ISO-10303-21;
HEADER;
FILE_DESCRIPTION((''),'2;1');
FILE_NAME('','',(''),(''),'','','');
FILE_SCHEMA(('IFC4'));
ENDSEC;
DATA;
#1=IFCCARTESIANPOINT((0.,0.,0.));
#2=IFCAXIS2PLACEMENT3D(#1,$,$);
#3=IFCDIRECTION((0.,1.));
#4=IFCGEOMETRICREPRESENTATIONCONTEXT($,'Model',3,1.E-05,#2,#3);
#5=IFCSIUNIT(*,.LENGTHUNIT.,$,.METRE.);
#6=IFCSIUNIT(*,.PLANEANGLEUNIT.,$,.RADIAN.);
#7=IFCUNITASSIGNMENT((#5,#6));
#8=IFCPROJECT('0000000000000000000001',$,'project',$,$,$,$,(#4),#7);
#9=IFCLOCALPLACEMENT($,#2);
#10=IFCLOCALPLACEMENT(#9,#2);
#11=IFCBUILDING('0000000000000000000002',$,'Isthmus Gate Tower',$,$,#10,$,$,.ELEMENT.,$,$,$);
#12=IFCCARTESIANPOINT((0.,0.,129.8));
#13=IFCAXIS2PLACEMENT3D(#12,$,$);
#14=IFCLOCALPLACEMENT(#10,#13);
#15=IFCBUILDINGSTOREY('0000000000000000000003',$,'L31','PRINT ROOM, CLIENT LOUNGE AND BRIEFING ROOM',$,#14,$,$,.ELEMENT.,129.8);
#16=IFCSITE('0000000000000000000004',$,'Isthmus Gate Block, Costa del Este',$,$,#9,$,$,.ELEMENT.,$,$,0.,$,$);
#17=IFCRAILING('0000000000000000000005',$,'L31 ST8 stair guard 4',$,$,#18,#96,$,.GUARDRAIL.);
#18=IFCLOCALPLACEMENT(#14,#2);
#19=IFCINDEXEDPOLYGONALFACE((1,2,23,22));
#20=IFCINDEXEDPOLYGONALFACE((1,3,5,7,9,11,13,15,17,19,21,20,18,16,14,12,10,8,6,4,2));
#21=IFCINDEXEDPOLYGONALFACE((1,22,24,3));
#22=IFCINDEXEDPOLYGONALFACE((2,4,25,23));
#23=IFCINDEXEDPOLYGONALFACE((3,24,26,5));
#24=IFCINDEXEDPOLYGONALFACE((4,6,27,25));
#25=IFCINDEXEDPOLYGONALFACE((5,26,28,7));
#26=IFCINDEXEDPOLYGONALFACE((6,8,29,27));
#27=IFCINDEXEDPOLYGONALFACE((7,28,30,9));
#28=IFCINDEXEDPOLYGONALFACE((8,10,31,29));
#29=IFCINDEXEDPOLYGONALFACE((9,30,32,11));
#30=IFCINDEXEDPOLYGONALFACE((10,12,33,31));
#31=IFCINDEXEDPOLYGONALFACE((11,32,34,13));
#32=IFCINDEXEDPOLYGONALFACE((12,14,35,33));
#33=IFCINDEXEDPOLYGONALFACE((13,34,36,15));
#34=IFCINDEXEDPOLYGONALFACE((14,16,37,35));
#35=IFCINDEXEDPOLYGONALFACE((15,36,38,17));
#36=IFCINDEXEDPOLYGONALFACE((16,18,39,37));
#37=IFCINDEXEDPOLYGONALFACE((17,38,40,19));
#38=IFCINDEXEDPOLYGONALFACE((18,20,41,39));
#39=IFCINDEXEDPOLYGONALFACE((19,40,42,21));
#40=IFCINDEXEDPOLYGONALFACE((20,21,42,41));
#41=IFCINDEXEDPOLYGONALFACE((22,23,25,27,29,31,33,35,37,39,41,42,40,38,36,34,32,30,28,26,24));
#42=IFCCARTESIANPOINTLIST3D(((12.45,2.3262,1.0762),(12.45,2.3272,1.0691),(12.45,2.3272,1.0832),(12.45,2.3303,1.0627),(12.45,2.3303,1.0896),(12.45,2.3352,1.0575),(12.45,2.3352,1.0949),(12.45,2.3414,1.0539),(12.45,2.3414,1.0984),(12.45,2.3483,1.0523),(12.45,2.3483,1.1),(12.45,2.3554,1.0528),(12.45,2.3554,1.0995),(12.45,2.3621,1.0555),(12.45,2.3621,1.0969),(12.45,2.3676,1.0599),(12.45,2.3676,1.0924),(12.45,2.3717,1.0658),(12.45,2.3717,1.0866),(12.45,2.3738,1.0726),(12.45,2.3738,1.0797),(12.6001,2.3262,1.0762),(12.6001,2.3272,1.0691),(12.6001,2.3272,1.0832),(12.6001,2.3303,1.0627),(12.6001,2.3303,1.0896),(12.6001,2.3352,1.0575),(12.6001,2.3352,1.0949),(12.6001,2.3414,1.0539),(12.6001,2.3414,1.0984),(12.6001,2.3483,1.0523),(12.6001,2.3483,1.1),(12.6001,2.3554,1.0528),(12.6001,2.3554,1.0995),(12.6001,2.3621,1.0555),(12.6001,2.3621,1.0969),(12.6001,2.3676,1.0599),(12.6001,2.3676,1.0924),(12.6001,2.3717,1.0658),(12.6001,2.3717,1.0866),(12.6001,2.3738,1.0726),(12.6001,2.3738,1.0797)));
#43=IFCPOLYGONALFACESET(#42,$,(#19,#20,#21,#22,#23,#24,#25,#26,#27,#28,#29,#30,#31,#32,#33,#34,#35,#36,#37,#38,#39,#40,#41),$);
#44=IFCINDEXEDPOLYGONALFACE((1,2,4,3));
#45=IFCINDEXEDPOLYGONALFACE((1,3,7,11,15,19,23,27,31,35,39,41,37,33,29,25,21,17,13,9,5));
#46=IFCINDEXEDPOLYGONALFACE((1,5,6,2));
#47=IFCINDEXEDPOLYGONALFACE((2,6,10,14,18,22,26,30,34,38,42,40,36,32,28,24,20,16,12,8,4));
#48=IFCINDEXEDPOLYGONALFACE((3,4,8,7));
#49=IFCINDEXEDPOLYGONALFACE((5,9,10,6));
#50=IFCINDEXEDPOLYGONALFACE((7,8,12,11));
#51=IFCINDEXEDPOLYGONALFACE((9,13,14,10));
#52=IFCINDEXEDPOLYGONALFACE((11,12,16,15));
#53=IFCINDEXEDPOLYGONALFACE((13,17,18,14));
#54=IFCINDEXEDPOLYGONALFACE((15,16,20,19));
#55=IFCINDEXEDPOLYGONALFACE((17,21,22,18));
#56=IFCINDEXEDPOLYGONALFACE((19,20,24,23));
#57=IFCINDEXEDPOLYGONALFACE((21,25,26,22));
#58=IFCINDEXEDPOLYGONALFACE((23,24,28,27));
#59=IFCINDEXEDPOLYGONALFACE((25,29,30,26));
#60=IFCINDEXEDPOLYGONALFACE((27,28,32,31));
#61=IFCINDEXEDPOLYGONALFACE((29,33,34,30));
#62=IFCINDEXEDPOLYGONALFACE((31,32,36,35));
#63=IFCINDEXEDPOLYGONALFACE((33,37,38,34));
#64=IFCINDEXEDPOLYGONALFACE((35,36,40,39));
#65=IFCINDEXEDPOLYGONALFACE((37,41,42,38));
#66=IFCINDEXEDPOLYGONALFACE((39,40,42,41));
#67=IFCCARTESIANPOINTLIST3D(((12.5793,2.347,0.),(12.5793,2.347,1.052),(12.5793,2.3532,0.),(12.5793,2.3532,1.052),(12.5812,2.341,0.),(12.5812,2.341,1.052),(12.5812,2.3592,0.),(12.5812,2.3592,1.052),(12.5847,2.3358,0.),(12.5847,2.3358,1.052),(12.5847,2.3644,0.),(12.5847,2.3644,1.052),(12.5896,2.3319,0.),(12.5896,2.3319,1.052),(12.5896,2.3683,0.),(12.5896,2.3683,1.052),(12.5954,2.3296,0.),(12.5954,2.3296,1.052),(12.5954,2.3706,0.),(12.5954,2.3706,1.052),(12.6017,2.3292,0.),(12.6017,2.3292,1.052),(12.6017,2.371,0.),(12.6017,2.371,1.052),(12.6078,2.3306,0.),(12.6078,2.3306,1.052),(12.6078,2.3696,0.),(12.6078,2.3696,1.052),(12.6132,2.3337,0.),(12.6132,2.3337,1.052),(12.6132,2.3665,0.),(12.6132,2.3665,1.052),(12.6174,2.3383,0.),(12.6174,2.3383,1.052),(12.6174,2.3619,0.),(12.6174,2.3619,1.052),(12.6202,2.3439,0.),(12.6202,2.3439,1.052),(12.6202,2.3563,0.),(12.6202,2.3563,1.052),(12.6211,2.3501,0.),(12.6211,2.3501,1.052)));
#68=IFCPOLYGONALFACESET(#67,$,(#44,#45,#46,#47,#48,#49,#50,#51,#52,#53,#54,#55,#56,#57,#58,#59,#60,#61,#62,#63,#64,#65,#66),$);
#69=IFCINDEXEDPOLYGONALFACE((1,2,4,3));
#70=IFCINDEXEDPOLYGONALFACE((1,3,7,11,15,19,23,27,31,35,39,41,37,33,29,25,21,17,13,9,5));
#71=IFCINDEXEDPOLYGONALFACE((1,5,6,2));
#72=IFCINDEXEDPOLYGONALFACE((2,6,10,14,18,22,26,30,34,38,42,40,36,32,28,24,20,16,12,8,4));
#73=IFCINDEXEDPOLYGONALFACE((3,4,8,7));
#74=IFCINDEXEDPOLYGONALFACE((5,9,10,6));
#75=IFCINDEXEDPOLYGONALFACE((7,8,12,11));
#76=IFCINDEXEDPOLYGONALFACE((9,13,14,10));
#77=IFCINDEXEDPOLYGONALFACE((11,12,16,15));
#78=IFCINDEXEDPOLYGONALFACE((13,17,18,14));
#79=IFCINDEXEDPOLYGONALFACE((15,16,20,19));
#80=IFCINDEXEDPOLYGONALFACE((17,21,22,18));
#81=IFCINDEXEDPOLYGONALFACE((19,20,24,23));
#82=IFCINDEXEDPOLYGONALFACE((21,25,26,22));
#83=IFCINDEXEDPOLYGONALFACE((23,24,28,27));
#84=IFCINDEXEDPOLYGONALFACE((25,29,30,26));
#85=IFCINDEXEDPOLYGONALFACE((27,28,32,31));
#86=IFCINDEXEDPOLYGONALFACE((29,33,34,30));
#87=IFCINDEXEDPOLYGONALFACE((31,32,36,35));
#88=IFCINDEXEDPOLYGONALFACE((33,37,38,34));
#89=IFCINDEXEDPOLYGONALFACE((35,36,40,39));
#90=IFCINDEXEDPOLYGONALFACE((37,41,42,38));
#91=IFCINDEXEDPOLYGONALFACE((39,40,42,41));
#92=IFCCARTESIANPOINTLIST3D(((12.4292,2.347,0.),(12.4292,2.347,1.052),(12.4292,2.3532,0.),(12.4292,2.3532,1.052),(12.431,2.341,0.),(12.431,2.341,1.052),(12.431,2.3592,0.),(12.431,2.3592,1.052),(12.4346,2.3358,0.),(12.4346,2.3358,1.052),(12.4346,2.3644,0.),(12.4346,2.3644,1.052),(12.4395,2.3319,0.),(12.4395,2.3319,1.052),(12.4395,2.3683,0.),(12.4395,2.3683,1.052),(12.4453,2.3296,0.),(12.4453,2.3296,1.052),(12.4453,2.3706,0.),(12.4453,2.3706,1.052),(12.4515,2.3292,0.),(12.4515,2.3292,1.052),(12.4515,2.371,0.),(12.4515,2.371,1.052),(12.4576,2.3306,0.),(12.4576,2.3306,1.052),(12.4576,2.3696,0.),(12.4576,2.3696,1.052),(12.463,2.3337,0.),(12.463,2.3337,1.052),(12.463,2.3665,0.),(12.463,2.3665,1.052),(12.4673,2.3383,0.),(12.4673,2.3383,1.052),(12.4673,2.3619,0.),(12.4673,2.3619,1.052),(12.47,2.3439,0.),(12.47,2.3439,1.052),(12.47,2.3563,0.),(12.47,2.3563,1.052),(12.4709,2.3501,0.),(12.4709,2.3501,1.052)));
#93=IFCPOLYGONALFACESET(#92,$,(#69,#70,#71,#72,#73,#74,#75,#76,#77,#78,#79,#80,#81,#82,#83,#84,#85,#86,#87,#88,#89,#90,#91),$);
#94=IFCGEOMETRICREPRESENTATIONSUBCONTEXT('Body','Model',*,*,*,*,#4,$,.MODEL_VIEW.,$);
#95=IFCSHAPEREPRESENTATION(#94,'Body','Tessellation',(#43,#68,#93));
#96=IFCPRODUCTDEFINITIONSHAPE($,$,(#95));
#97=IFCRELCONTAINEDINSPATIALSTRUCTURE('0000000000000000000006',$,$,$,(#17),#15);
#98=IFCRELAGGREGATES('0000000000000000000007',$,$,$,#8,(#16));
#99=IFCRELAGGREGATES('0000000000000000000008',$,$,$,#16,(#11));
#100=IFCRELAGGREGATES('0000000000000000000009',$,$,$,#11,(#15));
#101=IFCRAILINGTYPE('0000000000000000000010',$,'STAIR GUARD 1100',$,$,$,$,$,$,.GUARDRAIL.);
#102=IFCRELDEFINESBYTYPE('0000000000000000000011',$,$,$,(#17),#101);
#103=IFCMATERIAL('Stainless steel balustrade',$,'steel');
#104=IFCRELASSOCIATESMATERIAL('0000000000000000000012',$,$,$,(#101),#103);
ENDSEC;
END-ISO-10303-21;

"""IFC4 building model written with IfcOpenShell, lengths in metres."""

from ifc_helpers import new_model, si_unit, direction, frame, origin, origin_2d, place, context, subcontext, project, spatial, circle, extrude, material, type_object, element, save


model = new_model("IFC4")

# Units and contexts
model_context = context("Model", 3, precision=1e-05, world=origin(), true_north=direction((0.0, 1.0)))
body_context = subcontext(model_context, "Body", "Model", "MODEL_VIEW")
ifc_project = project(units=[si_unit("LENGTHUNIT", "METRE"), si_unit("PLANEANGLEUNIT", "RADIAN")], contexts=[model_context])

# Site, building, storey
site_placement = place(None, origin())
site = spatial("IfcSite", under=ifc_project, at=site_placement, Name="Isthmus Gate Block, Costa del Este", CompositionType="ELEMENT", RefElevation=0.0)
building_placement = place(site_placement, origin())
building = spatial("IfcBuilding", under=site, at=building_placement, Name="Isthmus Gate Tower", CompositionType="ELEMENT")
storey_placement = place(building_placement, frame((0.0, 0.0, 129.8)))
storey = spatial("IfcBuildingStorey", under=building, at=storey_placement, Name="L31", Description="PRINT ROOM, CLIENT LOUNGE AND BRIEFING ROOM", CompositionType="ELEMENT", Elevation=129.8)

# Railing
ifc_material_1 = material(Name="Stainless steel balustrade", Category="steel")
railing_type_1 = type_object("IfcRailingType", Name="STAIR GUARD 1100", PredefinedType="GUARDRAIL", material=ifc_material_1)
railing_1_placement = place(storey_placement, frame((12.6001, 2.3501, 0.0)))
element("IfcRailing", 1, at=railing_1_placement, inside=storey, type_object=railing_type_1, Name="L31 ST8 stair guard 4", PredefinedType="GUARDRAIL", context=body_context, shape_type="SweptSolid", body=[
    extrude(circle(Radius=0.0239, at=origin_2d()), frame((0.0, 0.0, 1.0762), z_axis=(-1.0, 0.0, 0.0), x_axis=(0.0, -1.0, 0.0)), (0.0, 0.0, 1.0), 0.1501),
    extrude(circle(Radius=0.021, at=origin_2d()), origin(), (0.0, 0.0, 1.0), 1.052),
    extrude(circle(Radius=0.021, at=origin_2d()), frame((-0.1501, 0.0, 0.0)), (0.0, 0.0, 1.0), 1.052),
])

save(model, "model.ifc")
